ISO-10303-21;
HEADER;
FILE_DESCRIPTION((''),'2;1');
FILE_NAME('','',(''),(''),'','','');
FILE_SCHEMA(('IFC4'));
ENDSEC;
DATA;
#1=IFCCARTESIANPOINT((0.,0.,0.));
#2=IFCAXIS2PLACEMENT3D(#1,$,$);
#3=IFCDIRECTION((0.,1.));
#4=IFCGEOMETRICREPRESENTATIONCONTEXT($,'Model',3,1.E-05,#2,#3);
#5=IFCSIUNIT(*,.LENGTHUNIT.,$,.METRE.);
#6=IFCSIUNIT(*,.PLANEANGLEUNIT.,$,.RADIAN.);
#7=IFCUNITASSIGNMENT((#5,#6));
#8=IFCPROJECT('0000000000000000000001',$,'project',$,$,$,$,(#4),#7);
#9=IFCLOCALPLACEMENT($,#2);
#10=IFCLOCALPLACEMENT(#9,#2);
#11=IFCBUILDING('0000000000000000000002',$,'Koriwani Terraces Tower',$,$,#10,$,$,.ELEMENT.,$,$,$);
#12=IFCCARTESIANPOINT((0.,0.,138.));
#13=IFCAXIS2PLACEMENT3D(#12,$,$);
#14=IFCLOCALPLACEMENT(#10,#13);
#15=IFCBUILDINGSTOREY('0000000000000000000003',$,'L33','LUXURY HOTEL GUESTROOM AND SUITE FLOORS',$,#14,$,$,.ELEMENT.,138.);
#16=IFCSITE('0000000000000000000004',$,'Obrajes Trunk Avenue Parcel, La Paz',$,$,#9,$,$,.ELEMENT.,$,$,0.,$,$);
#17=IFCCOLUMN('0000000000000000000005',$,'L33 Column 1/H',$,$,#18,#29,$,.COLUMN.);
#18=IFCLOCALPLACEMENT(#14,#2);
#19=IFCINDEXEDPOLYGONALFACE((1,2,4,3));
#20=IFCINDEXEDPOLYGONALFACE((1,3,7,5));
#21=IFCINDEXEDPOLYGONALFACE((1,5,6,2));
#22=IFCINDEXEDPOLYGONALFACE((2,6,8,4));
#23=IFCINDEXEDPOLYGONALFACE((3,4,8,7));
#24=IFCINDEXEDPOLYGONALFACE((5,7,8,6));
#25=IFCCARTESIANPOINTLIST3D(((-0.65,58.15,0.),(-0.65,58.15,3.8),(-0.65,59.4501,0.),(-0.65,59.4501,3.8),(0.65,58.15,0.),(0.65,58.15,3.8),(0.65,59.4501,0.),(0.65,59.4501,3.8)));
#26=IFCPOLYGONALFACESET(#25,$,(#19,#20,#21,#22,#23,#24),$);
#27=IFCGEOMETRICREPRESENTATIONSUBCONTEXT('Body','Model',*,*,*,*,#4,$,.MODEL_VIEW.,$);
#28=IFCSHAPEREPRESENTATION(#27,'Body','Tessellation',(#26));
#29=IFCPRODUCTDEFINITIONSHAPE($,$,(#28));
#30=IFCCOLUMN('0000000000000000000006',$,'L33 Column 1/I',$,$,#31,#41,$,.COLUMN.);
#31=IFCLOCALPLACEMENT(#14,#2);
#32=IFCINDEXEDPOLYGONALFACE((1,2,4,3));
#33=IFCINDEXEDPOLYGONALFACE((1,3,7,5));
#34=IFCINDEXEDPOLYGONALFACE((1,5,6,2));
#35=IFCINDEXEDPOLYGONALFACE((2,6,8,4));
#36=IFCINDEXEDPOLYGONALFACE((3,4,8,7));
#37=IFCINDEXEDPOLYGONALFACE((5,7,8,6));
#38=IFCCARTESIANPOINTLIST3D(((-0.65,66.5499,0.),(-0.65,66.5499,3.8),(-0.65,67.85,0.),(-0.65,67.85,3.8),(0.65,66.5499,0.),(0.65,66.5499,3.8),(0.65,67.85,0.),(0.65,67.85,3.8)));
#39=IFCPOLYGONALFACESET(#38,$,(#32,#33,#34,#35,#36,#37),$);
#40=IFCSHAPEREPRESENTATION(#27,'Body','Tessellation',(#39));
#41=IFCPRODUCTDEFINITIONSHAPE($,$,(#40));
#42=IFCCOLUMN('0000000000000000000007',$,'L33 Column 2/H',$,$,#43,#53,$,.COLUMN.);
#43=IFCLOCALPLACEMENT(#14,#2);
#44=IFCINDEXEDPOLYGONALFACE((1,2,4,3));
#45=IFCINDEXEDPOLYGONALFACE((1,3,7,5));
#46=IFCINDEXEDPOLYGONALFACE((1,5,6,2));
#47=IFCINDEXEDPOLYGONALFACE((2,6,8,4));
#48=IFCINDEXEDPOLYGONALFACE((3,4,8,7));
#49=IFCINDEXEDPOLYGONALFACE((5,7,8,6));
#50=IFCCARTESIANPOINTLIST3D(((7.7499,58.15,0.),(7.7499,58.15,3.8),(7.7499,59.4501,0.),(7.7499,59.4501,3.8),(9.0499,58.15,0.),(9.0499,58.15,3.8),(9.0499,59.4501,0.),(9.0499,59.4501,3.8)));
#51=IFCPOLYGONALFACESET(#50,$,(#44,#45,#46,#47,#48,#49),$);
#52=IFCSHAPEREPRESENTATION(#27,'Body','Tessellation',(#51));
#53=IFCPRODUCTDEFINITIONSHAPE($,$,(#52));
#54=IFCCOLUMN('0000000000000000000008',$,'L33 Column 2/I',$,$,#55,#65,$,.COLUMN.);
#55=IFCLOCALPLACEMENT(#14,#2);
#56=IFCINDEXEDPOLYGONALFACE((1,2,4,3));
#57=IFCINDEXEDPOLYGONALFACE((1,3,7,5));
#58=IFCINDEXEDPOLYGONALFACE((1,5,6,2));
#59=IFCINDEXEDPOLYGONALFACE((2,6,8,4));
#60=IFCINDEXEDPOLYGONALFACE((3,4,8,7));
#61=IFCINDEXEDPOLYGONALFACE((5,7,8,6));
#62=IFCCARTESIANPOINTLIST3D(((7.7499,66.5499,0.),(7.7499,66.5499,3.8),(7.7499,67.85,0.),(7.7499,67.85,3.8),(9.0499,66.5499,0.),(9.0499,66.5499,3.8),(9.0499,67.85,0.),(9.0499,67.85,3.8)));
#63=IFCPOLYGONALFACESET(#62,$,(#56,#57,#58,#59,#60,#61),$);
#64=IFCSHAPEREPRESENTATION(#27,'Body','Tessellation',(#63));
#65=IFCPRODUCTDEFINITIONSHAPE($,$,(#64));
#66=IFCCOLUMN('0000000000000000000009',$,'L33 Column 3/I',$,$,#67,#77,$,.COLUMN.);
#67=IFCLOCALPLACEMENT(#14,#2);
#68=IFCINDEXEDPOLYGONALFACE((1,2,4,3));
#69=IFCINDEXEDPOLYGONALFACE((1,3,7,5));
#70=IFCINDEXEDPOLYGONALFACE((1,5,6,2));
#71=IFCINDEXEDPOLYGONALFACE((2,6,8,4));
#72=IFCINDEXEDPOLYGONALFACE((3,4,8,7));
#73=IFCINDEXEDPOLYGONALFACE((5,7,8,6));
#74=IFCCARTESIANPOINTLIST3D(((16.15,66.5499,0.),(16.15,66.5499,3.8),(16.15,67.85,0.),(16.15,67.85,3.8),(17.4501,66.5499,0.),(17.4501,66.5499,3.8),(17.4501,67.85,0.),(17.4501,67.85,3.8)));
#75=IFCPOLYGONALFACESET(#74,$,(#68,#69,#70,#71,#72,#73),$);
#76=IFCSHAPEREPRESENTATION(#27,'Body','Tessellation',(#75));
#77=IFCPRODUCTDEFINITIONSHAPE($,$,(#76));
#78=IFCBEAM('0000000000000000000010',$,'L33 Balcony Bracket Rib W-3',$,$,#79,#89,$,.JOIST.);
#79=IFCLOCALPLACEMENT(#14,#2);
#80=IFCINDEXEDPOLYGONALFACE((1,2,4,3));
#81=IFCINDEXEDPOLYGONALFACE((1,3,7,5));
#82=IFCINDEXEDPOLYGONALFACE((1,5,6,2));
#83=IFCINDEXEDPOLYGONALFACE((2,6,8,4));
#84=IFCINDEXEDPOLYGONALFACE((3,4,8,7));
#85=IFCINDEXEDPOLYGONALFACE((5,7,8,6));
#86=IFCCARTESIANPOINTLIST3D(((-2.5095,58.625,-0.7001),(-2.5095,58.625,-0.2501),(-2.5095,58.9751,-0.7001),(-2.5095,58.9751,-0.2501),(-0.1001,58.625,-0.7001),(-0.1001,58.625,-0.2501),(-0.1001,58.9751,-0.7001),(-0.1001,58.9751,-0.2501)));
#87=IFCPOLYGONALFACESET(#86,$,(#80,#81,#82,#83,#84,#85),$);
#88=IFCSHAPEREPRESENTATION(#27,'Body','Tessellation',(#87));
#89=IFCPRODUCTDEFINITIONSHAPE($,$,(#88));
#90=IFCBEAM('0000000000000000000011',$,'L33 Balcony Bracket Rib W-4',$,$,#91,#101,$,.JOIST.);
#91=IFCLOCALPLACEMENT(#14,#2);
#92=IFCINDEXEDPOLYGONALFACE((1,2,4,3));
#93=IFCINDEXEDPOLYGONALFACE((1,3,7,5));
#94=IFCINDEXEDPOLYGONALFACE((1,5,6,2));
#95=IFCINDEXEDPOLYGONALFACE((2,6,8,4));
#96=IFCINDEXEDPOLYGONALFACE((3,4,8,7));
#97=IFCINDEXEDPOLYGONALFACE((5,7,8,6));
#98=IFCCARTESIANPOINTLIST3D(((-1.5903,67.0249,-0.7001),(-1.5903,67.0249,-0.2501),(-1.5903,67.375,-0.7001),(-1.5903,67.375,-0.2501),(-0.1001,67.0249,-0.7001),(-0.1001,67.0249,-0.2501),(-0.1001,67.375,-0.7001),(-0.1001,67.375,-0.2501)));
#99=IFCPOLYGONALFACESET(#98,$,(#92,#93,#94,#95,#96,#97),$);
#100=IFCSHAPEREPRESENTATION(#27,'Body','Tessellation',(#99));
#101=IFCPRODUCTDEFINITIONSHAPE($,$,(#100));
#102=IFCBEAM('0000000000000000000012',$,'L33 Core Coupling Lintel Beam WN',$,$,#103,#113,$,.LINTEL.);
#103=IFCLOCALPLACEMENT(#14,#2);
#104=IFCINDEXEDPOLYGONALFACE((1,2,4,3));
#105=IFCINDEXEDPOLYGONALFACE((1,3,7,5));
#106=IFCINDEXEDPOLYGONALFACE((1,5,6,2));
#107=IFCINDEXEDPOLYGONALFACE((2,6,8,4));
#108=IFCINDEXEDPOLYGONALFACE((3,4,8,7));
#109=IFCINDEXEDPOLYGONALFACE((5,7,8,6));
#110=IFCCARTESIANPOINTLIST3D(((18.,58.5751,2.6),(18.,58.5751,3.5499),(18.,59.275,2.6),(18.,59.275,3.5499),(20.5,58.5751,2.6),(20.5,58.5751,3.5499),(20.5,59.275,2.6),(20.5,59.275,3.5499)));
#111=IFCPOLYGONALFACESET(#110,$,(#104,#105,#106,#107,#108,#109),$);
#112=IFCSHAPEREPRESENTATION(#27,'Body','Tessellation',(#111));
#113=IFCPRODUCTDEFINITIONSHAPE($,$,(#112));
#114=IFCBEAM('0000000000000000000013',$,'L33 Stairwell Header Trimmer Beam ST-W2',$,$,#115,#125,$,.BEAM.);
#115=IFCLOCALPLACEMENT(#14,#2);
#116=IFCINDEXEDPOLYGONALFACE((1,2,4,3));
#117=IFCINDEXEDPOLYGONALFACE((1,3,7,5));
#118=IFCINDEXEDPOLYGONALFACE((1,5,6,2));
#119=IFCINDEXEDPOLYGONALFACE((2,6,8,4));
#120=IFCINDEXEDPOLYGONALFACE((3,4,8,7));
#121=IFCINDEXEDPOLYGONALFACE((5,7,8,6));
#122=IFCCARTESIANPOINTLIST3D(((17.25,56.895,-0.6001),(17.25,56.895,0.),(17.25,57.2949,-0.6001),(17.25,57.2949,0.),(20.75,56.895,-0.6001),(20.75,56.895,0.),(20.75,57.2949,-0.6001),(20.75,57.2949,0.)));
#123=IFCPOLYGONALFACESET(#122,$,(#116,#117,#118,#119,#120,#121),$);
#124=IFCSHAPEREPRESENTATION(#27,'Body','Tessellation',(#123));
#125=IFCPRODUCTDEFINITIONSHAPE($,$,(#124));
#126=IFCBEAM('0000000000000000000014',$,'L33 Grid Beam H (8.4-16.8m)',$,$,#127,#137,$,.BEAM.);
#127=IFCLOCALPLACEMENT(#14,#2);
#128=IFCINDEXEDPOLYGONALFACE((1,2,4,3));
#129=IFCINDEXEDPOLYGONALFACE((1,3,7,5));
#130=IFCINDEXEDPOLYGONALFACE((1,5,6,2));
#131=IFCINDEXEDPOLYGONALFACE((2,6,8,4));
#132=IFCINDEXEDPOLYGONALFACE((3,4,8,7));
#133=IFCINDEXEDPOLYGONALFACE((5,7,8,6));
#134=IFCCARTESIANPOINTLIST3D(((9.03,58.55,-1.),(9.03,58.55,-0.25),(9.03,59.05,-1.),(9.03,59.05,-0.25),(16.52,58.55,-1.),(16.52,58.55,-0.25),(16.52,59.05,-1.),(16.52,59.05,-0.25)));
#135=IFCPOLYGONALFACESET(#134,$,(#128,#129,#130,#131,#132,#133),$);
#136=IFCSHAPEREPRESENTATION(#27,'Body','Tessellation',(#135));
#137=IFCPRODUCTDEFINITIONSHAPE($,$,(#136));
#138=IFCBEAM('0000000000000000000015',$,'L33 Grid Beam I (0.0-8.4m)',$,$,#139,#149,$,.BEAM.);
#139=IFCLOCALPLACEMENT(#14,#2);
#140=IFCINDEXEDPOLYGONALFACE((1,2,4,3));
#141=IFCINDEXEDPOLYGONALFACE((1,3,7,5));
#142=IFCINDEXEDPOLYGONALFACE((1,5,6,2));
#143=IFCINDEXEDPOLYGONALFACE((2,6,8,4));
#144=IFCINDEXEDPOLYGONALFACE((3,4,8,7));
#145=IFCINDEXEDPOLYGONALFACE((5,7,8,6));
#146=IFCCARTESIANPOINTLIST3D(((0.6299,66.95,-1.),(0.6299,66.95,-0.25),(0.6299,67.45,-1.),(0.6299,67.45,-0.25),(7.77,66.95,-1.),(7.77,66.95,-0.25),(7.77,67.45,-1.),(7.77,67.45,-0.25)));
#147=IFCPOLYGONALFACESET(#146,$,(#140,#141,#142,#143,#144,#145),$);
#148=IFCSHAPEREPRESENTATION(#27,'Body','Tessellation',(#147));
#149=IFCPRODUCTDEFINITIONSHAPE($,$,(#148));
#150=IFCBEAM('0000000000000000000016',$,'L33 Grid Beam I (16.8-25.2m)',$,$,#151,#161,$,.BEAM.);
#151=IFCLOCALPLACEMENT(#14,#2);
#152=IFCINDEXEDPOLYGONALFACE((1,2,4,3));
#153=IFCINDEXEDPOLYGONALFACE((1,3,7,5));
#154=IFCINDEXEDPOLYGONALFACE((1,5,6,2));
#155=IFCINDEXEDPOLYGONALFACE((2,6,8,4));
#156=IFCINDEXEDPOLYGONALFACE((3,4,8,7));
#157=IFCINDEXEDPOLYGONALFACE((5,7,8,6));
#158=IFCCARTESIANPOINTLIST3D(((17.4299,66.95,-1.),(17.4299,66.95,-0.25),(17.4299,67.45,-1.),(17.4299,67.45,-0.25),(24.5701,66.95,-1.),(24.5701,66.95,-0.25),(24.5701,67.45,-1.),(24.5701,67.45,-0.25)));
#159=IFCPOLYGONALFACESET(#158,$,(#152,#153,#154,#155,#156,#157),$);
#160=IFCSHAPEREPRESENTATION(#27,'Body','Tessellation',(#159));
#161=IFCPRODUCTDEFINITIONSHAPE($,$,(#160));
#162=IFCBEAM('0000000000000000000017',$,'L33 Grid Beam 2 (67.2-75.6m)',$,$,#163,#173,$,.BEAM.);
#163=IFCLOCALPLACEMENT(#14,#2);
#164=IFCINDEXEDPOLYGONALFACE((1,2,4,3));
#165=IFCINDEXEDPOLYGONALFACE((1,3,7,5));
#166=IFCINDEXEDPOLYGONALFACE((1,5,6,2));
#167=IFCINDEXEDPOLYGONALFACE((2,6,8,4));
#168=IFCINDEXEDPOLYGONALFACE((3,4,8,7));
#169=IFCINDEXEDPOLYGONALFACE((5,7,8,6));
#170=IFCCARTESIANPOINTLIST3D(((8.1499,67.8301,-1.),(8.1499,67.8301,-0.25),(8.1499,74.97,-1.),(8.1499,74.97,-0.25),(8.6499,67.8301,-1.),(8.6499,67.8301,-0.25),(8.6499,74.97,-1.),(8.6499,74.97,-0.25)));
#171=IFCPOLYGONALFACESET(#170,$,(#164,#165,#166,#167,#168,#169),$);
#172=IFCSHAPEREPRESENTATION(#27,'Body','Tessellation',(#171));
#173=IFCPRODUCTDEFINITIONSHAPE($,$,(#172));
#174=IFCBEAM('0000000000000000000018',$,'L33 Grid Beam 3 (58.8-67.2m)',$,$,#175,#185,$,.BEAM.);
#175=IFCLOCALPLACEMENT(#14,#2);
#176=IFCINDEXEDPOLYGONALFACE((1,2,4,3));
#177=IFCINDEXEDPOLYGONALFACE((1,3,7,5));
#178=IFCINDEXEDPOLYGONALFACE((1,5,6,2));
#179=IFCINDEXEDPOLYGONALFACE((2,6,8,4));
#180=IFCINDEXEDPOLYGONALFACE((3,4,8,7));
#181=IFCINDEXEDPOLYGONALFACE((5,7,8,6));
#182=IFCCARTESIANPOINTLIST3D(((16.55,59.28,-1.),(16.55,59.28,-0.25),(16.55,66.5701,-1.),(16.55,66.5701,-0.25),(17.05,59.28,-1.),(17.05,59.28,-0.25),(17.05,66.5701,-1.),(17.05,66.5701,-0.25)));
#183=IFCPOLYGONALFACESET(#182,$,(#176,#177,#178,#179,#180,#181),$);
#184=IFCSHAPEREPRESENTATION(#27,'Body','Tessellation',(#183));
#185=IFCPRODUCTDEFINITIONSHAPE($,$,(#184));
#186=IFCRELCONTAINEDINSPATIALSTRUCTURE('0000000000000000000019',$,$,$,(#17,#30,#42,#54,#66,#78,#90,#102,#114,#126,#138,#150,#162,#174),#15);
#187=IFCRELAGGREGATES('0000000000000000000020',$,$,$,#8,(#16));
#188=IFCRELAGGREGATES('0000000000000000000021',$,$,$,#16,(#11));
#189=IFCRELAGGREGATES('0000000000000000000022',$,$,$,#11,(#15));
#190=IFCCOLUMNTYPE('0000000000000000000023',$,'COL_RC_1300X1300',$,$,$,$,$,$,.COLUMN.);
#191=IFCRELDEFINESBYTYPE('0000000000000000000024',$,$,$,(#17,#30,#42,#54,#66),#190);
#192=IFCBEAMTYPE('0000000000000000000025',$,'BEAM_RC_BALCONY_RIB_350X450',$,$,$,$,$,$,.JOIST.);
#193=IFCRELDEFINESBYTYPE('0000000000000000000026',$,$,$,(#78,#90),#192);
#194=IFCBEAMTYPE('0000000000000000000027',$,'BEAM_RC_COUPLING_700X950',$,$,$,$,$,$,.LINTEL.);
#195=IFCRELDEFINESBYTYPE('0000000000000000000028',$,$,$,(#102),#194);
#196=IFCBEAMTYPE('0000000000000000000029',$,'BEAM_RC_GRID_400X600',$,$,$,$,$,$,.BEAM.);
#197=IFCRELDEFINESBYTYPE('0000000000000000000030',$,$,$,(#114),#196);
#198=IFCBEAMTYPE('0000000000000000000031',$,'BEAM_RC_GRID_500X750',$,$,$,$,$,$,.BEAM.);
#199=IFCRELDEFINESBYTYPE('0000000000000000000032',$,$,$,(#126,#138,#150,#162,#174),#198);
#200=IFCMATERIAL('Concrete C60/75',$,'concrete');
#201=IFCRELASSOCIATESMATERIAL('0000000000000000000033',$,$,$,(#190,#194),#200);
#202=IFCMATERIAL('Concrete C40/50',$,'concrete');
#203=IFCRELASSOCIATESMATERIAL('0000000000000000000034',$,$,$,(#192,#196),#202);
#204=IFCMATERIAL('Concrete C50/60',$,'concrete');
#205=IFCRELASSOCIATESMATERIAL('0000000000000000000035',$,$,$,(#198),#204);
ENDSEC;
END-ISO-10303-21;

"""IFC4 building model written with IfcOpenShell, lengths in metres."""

from ifc_helpers import new_model, si_unit, direction, frame, origin, origin_2d, place, context, subcontext, project, spatial, rectangle, extrude, material, material_profile, profile_set, type_object, element, save


model = new_model("IFC4")

# Units and contexts
model_context = context("Model", 3, precision=1e-05, world=origin(), true_north=direction((0.0, 1.0)))
body_context = subcontext(model_context, "Body", "Model", "MODEL_VIEW")
ifc_project = project(units=[si_unit("LENGTHUNIT", "METRE"), si_unit("PLANEANGLEUNIT", "RADIAN")], contexts=[model_context])

# Site, building, storey
site_placement = place(None, origin())
site = spatial("IfcSite", under=ifc_project, at=site_placement, Name="Obrajes Trunk Avenue Parcel, La Paz", CompositionType="ELEMENT", RefElevation=0.0)
building_placement = place(site_placement, origin())
building = spatial("IfcBuilding", under=site, at=building_placement, Name="Koriwani Terraces Tower", CompositionType="ELEMENT")
storey_placement = place(building_placement, frame((0.0, 0.0, 138.0)))
storey = spatial("IfcBuildingStorey", under=building, at=storey_placement, Name="L33", Description="LUXURY HOTEL GUESTROOM AND SUITE FLOORS", CompositionType="ELEMENT", Elevation=138.0)

# Columns
ifc_material_1 = material(Name="Concrete C60/75", Category="concrete")
ifc_material_profile_1 = material_profile(ifc_material_1, rectangle(XDim=1.3, YDim=1.3, at=origin_2d()), Name="Concrete C60/75", Category="LoadBearing")
ifc_profile_set_1 = profile_set([ifc_material_profile_1], Name="Concrete C60/75")
column_type = type_object("IfcColumnType", Name="COL_RC_1300X1300", PredefinedType="COLUMN", material=ifc_profile_set_1)
for number, where, z_axis, x_axis, name in (
    (1, (0.0, 58.8, 0.0), (0.0, 0.0, 1.0), (1.0, 0.0, 0.0), "L33 Column 1/H"),
    (2, (0.0, 67.2, 0.0), (0.0, 0.0, 1.0), (1.0, 0.0, 0.0), "L33 Column 1/I"),
    (3, (8.3999, 58.8, 0.0), (0.0, 0.0, 1.0), (1.0, 0.0, 0.0), "L33 Column 2/H"),
    (4, (8.3999, 67.2, 0.0), (0.0, 0.0, 1.0), (1.0, 0.0, 0.0), "L33 Column 2/I"),
    (5, (16.8, 67.2, 0.0), (0.0, 0.0, 1.0), (1.0, 0.0, 0.0), "L33 Column 3/I"),
):
    element("IfcColumn", number, at=place(storey_placement, frame(where, z_axis=z_axis, x_axis=x_axis)), inside=storey, type_object=column_type, Name=name, PredefinedType="COLUMN", context=body_context, shape_type="SweptSolid", body=[
        extrude(rectangle(XDim=1.3, YDim=1.3, at=origin_2d()), origin(), (0.0, 0.0, 1.0), 3.8),
    ])

# Beams
ifc_material_2 = material(Name="Concrete C40/50", Category="concrete")
ifc_material_profile_2 = material_profile(ifc_material_2, rectangle(XDim=0.3501, YDim=0.45, at=origin_2d()), Name="Concrete C40/50", Category="LoadBearing")
ifc_profile_set_2 = profile_set([ifc_material_profile_2], Name="Concrete C40/50")
beam_type_1 = type_object("IfcBeamType", Name="BEAM_RC_BALCONY_RIB_350X450", PredefinedType="JOIST", material=ifc_profile_set_2)
beam_1_placement = place(storey_placement, frame((-2.5095, 58.8, -0.4751), z_axis=(1.0, 0.0, 0.0), x_axis=(0.0, 1.0, 0.0)))
element("IfcBeam", 6, at=beam_1_placement, inside=storey, type_object=beam_type_1, Name="L33 Balcony Bracket Rib W-3", PredefinedType="JOIST", context=body_context, shape_type="SweptSolid", body=[
    extrude(rectangle(XDim=0.3501, YDim=0.45, at=origin_2d()), origin(), (0.0, 0.0, 1.0), 2.4094),
])
beam_2_placement = place(storey_placement, frame((-1.5903, 67.2, -0.4751), z_axis=(1.0, 0.0, 0.0), x_axis=(0.0, 1.0, 0.0)))
element("IfcBeam", 7, at=beam_2_placement, inside=storey, type_object=beam_type_1, Name="L33 Balcony Bracket Rib W-4", PredefinedType="JOIST", context=body_context, shape_type="SweptSolid", body=[
    extrude(rectangle(XDim=0.3501, YDim=0.45, at=origin_2d()), origin(), (0.0, 0.0, 1.0), 1.4902),
])
ifc_material_profile_3 = material_profile(ifc_material_1, rectangle(XDim=0.7, YDim=0.95, at=origin_2d()), Name="Concrete C60/75", Category="LoadBearing")
ifc_profile_set_3 = profile_set([ifc_material_profile_3], Name="Concrete C60/75")
beam_type_2 = type_object("IfcBeamType", Name="BEAM_RC_COUPLING_700X950", PredefinedType="LINTEL", material=ifc_profile_set_3)
beam_3_placement = place(storey_placement, frame((18.0, 58.925, 3.075), z_axis=(1.0, 0.0, 0.0), x_axis=(0.0, 1.0, 0.0)))
element("IfcBeam", 8, at=beam_3_placement, inside=storey, type_object=beam_type_2, Name="L33 Core Coupling Lintel Beam WN", PredefinedType="LINTEL", context=body_context, shape_type="SweptSolid", body=[
    extrude(rectangle(XDim=0.7, YDim=0.95, at=origin_2d()), origin(), (0.0, 0.0, 1.0), 2.5),
])
ifc_material_profile_4 = material_profile(ifc_material_2, rectangle(XDim=0.3999, YDim=0.6001, at=origin_2d()), Name="Concrete C40/50", Category="LoadBearing")
ifc_profile_set_4 = profile_set([ifc_material_profile_4], Name="Concrete C40/50")
beam_type_3 = type_object("IfcBeamType", Name="BEAM_RC_GRID_400X600", PredefinedType="BEAM", material=ifc_profile_set_4)
beam_4_placement = place(storey_placement, frame((17.25, 57.095, -0.3), z_axis=(1.0, 0.0, 0.0), x_axis=(0.0, 1.0, 0.0)))
element("IfcBeam", 9, at=beam_4_placement, inside=storey, type_object=beam_type_3, Name="L33 Stairwell Header Trimmer Beam ST-W2", PredefinedType="BEAM", context=body_context, shape_type="SweptSolid", body=[
    extrude(rectangle(XDim=0.3999, YDim=0.6001, at=origin_2d()), origin(), (0.0, 0.0, 1.0), 3.5),
])
ifc_material_3 = material(Name="Concrete C50/60", Category="concrete")
ifc_material_profile_5 = material_profile(ifc_material_3, rectangle(XDim=0.5, YDim=0.75, at=origin_2d()), Name="Concrete C50/60", Category="LoadBearing")
ifc_profile_set_5 = profile_set([ifc_material_profile_5], Name="Concrete C50/60")
beam_type_4 = type_object("IfcBeamType", Name="BEAM_RC_GRID_500X750", PredefinedType="BEAM", material=ifc_profile_set_5)
beam_5_placement = place(storey_placement, frame((9.03, 58.8, -0.625), z_axis=(1.0, 0.0, 0.0), x_axis=(0.0, 1.0, 0.0)))
element("IfcBeam", 10, at=beam_5_placement, inside=storey, type_object=beam_type_4, Name="L33 Grid Beam H (8.4-16.8m)", PredefinedType="BEAM", context=body_context, shape_type="SweptSolid", body=[
    extrude(rectangle(XDim=0.5, YDim=0.75, at=origin_2d()), origin(), (0.0, 0.0, 1.0), 7.49),
])
for number, where, z_axis, x_axis, name in (
    (11, (0.6299, 67.2, -0.625), (1.0, 0.0, 0.0), (0.0, 1.0, 0.0), "L33 Grid Beam I (0.0-8.4m)"),
    (12, (17.4299, 67.2, -0.625), (1.0, 0.0, 0.0), (0.0, 1.0, 0.0), "L33 Grid Beam I (16.8-25.2m)"),
):
    element("IfcBeam", number, at=place(storey_placement, frame(where, z_axis=z_axis, x_axis=x_axis)), inside=storey, type_object=beam_type_4, Name=name, PredefinedType="BEAM", context=body_context, shape_type="SweptSolid", body=[
        extrude(rectangle(XDim=0.5, YDim=0.75, at=origin_2d()), origin(), (0.0, 0.0, 1.0), 7.1401),
    ])
beam_6_placement = place(storey_placement, frame((8.3999, 67.8301, -0.625), z_axis=(0.0, 1.0, 0.0), x_axis=(-1.0, 0.0, 0.0)))
element("IfcBeam", 13, at=beam_6_placement, inside=storey, type_object=beam_type_4, Name="L33 Grid Beam 2 (67.2-75.6m)", PredefinedType="BEAM", context=body_context, shape_type="SweptSolid", body=[
    extrude(rectangle(XDim=0.5, YDim=0.75, at=origin_2d()), origin(), (0.0, 0.0, 1.0), 7.1399),
])
beam_7_placement = place(storey_placement, frame((16.8, 59.28, -0.625), z_axis=(0.0, 1.0, 0.0), x_axis=(-1.0, 0.0, 0.0)))
element("IfcBeam", 14, at=beam_7_placement, inside=storey, type_object=beam_type_4, Name="L33 Grid Beam 3 (58.8-67.2m)", PredefinedType="BEAM", context=body_context, shape_type="SweptSolid", body=[
    extrude(rectangle(XDim=0.5, YDim=0.75, at=origin_2d()), origin(), (0.0, 0.0, 1.0), 7.29),
])

save(model, "model.ifc")
